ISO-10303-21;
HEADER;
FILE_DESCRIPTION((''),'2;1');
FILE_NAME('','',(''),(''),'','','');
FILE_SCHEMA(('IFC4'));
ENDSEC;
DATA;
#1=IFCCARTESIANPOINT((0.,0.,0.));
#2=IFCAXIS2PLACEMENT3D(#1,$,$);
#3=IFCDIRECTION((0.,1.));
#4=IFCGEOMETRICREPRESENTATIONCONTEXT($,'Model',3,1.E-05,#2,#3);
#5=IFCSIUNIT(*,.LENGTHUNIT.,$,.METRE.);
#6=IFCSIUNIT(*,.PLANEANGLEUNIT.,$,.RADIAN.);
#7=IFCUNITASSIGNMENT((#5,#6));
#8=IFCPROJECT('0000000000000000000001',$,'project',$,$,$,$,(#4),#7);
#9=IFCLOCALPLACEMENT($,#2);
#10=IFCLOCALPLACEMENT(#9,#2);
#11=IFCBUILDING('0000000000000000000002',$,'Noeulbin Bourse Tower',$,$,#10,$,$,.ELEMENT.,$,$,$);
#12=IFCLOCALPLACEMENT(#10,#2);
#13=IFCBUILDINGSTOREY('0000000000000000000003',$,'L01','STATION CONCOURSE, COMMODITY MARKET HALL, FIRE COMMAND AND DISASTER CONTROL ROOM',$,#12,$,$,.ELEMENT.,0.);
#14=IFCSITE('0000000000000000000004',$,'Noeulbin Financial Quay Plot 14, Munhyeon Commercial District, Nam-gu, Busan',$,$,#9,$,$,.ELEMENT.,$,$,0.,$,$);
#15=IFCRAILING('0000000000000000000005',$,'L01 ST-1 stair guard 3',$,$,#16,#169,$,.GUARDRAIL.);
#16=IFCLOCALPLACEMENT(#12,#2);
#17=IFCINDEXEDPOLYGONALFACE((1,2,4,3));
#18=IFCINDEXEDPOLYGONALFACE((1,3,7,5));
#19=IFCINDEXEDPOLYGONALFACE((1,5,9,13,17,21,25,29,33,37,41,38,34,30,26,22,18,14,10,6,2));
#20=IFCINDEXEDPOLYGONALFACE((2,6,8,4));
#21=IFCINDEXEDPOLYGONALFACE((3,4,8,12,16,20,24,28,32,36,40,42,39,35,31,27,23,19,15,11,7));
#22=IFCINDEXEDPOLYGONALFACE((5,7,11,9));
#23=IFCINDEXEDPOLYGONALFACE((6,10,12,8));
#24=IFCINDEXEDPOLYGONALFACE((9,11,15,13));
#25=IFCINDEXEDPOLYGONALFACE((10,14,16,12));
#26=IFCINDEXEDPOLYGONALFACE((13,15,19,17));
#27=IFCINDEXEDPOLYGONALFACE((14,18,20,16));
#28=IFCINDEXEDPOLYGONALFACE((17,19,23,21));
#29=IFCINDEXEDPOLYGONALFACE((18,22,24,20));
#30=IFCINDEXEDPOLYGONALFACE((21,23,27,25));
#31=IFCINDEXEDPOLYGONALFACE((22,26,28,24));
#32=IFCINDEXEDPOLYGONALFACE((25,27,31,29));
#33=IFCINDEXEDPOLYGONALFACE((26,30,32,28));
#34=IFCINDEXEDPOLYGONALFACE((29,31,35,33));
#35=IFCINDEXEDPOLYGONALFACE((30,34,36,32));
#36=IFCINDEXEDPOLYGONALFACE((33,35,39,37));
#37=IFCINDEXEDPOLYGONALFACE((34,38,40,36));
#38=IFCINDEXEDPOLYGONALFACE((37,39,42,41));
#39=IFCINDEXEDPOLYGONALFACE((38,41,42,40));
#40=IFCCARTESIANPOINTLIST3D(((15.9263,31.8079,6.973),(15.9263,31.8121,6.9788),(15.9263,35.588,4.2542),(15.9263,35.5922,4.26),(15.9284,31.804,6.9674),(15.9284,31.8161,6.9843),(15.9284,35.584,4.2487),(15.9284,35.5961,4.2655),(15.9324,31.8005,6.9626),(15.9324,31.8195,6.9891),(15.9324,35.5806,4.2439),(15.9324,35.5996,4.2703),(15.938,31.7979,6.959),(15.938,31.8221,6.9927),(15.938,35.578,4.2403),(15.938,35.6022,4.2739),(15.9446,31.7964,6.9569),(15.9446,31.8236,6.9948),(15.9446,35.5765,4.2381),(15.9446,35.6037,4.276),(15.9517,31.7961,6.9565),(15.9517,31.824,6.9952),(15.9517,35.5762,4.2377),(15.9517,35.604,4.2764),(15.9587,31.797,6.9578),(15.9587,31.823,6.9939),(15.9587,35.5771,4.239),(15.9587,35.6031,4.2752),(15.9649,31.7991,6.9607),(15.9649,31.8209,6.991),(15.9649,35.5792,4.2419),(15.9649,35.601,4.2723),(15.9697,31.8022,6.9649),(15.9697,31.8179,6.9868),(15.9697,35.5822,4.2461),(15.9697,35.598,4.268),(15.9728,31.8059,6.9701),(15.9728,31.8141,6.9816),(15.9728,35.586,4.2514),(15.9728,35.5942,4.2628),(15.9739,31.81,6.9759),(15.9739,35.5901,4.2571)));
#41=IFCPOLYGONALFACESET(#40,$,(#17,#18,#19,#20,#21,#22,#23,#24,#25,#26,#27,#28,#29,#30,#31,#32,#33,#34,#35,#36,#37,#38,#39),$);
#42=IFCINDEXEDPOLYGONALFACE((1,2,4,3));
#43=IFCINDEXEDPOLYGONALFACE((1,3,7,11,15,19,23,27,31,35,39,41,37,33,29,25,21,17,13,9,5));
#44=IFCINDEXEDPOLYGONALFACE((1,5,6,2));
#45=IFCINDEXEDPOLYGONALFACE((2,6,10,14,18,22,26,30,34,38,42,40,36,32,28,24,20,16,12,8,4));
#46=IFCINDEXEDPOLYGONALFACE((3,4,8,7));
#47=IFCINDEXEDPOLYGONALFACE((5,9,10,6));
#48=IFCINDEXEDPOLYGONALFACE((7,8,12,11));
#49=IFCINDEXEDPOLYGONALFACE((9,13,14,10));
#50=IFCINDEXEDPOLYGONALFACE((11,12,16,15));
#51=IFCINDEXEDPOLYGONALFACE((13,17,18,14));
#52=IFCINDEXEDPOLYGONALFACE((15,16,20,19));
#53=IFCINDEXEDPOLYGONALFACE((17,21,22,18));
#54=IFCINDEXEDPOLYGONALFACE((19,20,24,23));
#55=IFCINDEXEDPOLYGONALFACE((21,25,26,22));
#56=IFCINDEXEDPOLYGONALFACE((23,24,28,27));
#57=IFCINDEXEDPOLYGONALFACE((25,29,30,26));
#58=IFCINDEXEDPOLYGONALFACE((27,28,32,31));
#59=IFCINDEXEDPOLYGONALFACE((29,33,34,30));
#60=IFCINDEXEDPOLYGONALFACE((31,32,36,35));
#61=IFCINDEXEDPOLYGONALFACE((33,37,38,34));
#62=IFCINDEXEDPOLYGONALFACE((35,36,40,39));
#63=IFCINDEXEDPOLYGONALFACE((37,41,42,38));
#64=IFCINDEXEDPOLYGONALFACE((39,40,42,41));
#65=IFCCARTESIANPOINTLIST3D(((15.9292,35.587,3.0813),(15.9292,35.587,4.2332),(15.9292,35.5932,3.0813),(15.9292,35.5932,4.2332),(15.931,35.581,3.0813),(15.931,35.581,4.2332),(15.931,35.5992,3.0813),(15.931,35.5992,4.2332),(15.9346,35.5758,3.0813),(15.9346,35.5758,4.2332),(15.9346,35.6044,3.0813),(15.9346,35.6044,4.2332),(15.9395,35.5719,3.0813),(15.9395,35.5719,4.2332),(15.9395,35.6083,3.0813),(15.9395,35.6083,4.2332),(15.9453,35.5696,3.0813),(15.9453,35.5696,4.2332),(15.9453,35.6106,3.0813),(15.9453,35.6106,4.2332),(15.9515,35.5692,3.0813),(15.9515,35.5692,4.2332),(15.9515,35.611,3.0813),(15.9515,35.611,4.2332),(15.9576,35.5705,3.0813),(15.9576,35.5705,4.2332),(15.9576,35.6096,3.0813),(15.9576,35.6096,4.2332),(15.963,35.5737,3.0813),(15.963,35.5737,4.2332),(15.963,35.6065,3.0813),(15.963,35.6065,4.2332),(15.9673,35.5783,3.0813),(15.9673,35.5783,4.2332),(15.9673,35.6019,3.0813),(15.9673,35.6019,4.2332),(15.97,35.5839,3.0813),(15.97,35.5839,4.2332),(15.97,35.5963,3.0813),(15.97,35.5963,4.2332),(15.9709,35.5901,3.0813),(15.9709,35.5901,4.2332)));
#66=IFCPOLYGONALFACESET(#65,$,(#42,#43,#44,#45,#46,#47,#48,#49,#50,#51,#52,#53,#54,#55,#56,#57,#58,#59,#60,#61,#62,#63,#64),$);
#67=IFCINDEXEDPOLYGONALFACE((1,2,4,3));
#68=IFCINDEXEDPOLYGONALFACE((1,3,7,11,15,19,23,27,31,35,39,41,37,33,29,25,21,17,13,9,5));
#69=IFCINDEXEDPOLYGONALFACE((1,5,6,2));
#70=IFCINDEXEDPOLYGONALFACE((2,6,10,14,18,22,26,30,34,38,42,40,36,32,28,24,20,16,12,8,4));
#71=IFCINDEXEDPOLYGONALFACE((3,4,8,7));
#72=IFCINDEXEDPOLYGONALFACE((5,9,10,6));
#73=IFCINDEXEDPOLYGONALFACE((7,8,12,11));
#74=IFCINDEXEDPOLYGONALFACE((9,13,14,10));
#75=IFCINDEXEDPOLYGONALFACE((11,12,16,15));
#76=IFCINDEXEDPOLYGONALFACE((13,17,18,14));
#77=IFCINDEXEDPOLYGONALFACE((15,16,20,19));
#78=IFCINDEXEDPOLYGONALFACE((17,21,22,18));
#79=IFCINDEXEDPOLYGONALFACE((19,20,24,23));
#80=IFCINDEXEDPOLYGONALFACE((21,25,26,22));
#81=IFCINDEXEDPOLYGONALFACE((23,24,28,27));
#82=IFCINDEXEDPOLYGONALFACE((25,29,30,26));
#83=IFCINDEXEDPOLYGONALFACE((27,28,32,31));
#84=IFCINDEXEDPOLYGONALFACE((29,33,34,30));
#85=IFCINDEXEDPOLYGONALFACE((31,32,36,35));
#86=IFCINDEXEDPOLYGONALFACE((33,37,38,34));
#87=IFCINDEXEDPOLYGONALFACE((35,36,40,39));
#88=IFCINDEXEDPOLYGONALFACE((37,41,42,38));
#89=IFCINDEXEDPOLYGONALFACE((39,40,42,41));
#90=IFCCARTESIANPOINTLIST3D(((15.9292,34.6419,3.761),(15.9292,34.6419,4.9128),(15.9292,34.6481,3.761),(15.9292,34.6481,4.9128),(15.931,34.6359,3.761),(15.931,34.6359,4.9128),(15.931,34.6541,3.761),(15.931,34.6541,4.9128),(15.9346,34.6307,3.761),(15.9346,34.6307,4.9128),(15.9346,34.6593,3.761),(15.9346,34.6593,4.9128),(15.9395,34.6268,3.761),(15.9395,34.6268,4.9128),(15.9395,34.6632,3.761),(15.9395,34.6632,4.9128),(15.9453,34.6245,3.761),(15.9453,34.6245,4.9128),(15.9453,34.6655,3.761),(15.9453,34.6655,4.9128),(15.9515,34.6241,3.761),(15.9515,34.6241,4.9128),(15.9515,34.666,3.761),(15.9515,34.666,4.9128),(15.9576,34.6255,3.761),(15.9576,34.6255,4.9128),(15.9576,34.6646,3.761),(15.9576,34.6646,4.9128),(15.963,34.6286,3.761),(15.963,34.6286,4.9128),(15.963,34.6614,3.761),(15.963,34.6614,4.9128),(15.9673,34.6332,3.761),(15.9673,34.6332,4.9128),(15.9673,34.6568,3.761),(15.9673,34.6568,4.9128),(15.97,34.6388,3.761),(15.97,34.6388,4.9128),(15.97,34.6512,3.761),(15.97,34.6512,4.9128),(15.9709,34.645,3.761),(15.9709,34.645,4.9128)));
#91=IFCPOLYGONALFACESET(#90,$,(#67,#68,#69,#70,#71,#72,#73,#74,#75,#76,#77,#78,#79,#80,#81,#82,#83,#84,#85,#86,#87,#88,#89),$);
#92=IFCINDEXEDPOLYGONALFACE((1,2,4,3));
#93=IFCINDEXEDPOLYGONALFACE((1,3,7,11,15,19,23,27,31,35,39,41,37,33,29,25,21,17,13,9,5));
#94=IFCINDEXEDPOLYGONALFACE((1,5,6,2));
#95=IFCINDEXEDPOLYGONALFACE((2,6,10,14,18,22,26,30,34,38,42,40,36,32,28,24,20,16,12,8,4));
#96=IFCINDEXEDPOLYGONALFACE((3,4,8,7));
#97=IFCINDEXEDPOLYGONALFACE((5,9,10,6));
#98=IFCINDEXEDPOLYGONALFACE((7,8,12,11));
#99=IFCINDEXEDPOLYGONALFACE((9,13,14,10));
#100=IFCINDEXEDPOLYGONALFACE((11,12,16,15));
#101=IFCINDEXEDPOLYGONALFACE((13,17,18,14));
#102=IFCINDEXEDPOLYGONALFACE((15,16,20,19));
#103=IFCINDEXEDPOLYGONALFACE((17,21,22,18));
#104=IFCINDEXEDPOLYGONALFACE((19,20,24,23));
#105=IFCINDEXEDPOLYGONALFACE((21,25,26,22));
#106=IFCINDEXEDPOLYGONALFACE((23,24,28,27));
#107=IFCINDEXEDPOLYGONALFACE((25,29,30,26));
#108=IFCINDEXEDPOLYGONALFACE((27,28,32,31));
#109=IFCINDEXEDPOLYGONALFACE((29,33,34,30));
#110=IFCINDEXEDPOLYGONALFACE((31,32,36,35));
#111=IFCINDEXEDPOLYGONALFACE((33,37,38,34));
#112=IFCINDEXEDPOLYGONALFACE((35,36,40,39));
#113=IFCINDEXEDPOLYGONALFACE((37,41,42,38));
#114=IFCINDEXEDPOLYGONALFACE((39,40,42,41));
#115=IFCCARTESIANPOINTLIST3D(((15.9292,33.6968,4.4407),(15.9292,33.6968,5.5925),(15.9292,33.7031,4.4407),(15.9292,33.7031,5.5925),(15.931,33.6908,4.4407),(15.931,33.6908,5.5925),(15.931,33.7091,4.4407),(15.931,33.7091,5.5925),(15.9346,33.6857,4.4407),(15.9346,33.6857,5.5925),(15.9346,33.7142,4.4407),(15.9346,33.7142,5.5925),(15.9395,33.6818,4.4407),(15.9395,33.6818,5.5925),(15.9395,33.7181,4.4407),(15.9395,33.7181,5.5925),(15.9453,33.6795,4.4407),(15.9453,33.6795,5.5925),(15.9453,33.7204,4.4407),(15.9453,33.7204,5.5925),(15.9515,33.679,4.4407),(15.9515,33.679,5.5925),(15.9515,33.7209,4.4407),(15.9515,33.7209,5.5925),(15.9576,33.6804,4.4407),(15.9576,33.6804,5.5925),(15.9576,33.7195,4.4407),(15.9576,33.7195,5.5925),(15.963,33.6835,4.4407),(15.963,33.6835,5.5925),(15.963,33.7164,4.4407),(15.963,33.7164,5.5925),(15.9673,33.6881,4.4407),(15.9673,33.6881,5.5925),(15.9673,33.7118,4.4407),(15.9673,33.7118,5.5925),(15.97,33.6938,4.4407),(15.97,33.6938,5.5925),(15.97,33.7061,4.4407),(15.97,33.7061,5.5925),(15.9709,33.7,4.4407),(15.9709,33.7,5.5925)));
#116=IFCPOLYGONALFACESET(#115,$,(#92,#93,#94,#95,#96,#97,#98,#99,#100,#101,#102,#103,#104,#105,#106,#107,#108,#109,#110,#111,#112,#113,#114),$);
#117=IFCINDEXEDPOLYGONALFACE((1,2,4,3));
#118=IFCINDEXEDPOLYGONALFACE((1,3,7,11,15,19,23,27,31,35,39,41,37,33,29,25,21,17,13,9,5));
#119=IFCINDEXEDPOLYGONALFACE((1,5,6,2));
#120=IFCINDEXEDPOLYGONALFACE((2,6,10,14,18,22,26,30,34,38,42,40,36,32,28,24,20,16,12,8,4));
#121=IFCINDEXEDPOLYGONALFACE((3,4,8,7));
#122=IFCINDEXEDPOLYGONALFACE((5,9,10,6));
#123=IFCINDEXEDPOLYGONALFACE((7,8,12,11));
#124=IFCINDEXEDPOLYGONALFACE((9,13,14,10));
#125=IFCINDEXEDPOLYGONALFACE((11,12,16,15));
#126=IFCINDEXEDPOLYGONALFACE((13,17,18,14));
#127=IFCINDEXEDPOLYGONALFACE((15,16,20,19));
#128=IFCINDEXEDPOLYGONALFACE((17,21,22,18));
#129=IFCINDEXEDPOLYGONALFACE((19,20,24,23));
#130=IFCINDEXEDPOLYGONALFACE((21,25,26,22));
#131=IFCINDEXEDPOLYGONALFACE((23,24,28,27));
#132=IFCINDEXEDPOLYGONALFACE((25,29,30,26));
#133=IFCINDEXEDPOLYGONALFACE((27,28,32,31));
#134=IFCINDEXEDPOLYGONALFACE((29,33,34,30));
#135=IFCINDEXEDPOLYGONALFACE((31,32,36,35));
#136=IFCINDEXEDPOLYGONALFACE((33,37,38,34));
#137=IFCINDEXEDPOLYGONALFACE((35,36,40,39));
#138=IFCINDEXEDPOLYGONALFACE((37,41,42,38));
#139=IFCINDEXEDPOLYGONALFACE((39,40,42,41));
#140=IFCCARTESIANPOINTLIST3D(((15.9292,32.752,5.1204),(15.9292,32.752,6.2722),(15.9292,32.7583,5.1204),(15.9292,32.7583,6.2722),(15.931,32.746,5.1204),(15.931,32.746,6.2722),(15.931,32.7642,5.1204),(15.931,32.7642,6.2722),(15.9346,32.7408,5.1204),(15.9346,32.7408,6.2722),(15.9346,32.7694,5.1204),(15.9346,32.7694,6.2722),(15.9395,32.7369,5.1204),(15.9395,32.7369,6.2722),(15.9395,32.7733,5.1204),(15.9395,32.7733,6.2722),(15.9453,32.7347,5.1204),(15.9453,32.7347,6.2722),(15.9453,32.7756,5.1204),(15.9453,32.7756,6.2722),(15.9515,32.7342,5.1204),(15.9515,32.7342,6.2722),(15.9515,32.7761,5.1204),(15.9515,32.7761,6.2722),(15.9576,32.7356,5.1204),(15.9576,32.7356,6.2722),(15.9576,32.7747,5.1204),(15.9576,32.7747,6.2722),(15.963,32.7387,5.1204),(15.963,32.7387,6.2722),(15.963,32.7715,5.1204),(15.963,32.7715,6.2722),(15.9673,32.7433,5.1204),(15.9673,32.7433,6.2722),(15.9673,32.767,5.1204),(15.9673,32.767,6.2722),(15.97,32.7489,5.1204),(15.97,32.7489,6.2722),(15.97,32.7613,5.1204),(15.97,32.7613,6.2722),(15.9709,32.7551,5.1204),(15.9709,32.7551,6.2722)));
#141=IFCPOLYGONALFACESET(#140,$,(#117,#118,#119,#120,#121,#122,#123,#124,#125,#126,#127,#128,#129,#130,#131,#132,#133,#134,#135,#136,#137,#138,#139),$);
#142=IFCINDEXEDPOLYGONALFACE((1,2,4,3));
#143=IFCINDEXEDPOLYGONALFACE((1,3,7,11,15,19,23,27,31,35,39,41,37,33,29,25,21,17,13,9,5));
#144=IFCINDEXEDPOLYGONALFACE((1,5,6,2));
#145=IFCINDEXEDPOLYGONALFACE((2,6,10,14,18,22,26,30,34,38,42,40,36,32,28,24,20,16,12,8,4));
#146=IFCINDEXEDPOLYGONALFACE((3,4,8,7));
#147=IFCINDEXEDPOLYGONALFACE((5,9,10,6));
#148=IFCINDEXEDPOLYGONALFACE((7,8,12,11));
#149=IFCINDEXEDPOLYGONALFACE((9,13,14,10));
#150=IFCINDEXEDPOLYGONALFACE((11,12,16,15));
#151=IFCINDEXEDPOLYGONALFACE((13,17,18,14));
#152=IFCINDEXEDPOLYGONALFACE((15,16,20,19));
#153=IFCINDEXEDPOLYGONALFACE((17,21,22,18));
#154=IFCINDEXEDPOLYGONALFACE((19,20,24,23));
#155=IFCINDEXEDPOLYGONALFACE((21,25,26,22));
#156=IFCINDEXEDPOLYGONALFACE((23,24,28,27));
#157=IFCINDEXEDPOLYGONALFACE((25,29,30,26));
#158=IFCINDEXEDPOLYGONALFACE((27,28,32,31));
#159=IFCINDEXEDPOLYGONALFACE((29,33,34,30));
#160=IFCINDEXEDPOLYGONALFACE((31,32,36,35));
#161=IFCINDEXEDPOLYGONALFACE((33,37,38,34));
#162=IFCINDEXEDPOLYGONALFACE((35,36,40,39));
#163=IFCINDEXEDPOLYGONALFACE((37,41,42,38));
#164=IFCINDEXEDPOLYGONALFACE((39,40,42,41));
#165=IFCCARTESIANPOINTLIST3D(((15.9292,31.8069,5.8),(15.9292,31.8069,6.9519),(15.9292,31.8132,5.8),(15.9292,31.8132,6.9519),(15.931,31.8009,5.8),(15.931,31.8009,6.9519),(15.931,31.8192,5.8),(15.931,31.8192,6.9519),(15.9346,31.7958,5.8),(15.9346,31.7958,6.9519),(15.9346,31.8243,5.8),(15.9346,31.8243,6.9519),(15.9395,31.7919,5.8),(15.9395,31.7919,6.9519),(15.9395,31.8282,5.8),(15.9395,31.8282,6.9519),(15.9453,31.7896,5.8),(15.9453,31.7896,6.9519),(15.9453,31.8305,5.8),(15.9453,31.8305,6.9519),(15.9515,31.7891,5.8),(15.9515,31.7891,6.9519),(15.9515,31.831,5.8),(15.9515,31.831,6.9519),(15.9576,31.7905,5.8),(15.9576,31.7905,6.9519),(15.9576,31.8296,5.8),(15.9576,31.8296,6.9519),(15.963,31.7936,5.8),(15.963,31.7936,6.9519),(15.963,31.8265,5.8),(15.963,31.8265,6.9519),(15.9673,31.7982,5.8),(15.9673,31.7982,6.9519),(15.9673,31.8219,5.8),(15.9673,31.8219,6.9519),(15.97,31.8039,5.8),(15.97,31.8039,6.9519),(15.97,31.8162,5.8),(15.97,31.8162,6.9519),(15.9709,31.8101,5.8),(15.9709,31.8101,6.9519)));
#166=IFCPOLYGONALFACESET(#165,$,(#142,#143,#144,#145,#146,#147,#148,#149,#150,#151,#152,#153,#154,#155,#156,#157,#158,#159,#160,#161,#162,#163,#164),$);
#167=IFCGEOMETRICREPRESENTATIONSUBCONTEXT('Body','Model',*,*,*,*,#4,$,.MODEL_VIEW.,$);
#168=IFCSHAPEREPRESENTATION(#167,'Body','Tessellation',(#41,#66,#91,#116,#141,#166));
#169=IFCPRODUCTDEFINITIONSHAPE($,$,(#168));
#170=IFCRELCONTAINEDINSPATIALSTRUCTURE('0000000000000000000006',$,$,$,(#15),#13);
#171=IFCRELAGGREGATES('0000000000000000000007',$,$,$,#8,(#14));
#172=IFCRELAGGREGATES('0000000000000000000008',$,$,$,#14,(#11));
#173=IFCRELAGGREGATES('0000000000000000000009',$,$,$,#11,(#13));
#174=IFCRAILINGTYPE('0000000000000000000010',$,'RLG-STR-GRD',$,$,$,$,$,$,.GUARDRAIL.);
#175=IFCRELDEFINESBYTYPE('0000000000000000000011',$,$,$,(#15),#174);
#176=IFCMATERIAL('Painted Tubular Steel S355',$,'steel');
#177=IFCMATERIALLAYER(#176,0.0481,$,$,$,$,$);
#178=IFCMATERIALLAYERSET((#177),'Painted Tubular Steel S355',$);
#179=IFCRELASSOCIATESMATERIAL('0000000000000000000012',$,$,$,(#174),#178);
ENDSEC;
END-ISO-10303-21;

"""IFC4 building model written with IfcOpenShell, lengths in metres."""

from ifc_helpers import new_model, si_unit, direction, frame, origin, origin_2d, place, context, subcontext, project, spatial, circle, extrude, material, layer, layer_set, type_object, element, save


model = new_model("IFC4")

# Units and contexts
model_context = context("Model", 3, precision=1e-05, world=origin(), true_north=direction((0.0, 1.0)))
body_context = subcontext(model_context, "Body", "Model", "MODEL_VIEW")
ifc_project = project(units=[si_unit("LENGTHUNIT", "METRE"), si_unit("PLANEANGLEUNIT", "RADIAN")], contexts=[model_context])

# Site, building, storey
site_placement = place(None, origin())
site = spatial("IfcSite", under=ifc_project, at=site_placement, Name="Noeulbin Financial Quay Plot 14, Munhyeon Commercial District, Nam-gu, Busan", CompositionType="ELEMENT", RefElevation=0.0)
building_placement = place(site_placement, origin())
building = spatial("IfcBuilding", under=site, at=building_placement, Name="Noeulbin Bourse Tower", CompositionType="ELEMENT")
storey_placement = place(building_placement, origin())
storey = spatial("IfcBuildingStorey", under=building, at=storey_placement, Name="L01", Description="STATION CONCOURSE, COMMODITY MARKET HALL, FIRE COMMAND AND DISASTER CONTROL ROOM", CompositionType="ELEMENT", Elevation=0.0)

# Railing
ifc_material_1 = material(Name="Painted Tubular Steel S355", Category="steel")
ifc_layer_1 = layer(ifc_material_1, 0.0481)
ifc_layer_set_1 = layer_set([ifc_layer_1], Name="Painted Tubular Steel S355")
railing_type_1 = type_object("IfcRailingType", Name="RLG-STR-GRD", PredefinedType="GUARDRAIL", material=ifc_layer_set_1)
railing_1_placement = place(storey_placement, frame((15.95, 35.5901, 3.0813)))
element("IfcRailing", 1, at=railing_1_placement, inside=storey, type_object=railing_type_1, Name="L01 ST-1 stair guard 3", PredefinedType="GUARDRAIL", context=body_context, shape_type="SweptSolid", body=[
    extrude(circle(Radius=0.0239, at=origin_2d()), frame((0.0, 0.0, 1.1758), z_axis=(0.0, -0.811827, 0.583899), x_axis=(1.0, 0.0, 0.0)), (0.0, 0.0, 1.0), 4.6562),
    extrude(circle(Radius=0.021, at=origin_2d()), origin(), (0.0, 0.0, 1.0), 1.1519),
    extrude(circle(Radius=0.021, at=origin_2d()), frame((0.0, -0.9451, 0.6797)), (0.0, 0.0, 1.0), 1.1519),
    extrude(circle(Radius=0.021, at=origin_2d()), frame((0.0, -1.8901, 1.3594)), (0.0, 0.0, 1.0), 1.1519),
    extrude(circle(Radius=0.021, at=origin_2d()), frame((0.0, -2.835, 2.0391)), (0.0, 0.0, 1.0), 1.1519),
    extrude(circle(Radius=0.021, at=origin_2d()), frame((0.0, -3.78, 2.7188)), (0.0, 0.0, 1.0), 1.1519),
])

save(model, "model.ifc")
